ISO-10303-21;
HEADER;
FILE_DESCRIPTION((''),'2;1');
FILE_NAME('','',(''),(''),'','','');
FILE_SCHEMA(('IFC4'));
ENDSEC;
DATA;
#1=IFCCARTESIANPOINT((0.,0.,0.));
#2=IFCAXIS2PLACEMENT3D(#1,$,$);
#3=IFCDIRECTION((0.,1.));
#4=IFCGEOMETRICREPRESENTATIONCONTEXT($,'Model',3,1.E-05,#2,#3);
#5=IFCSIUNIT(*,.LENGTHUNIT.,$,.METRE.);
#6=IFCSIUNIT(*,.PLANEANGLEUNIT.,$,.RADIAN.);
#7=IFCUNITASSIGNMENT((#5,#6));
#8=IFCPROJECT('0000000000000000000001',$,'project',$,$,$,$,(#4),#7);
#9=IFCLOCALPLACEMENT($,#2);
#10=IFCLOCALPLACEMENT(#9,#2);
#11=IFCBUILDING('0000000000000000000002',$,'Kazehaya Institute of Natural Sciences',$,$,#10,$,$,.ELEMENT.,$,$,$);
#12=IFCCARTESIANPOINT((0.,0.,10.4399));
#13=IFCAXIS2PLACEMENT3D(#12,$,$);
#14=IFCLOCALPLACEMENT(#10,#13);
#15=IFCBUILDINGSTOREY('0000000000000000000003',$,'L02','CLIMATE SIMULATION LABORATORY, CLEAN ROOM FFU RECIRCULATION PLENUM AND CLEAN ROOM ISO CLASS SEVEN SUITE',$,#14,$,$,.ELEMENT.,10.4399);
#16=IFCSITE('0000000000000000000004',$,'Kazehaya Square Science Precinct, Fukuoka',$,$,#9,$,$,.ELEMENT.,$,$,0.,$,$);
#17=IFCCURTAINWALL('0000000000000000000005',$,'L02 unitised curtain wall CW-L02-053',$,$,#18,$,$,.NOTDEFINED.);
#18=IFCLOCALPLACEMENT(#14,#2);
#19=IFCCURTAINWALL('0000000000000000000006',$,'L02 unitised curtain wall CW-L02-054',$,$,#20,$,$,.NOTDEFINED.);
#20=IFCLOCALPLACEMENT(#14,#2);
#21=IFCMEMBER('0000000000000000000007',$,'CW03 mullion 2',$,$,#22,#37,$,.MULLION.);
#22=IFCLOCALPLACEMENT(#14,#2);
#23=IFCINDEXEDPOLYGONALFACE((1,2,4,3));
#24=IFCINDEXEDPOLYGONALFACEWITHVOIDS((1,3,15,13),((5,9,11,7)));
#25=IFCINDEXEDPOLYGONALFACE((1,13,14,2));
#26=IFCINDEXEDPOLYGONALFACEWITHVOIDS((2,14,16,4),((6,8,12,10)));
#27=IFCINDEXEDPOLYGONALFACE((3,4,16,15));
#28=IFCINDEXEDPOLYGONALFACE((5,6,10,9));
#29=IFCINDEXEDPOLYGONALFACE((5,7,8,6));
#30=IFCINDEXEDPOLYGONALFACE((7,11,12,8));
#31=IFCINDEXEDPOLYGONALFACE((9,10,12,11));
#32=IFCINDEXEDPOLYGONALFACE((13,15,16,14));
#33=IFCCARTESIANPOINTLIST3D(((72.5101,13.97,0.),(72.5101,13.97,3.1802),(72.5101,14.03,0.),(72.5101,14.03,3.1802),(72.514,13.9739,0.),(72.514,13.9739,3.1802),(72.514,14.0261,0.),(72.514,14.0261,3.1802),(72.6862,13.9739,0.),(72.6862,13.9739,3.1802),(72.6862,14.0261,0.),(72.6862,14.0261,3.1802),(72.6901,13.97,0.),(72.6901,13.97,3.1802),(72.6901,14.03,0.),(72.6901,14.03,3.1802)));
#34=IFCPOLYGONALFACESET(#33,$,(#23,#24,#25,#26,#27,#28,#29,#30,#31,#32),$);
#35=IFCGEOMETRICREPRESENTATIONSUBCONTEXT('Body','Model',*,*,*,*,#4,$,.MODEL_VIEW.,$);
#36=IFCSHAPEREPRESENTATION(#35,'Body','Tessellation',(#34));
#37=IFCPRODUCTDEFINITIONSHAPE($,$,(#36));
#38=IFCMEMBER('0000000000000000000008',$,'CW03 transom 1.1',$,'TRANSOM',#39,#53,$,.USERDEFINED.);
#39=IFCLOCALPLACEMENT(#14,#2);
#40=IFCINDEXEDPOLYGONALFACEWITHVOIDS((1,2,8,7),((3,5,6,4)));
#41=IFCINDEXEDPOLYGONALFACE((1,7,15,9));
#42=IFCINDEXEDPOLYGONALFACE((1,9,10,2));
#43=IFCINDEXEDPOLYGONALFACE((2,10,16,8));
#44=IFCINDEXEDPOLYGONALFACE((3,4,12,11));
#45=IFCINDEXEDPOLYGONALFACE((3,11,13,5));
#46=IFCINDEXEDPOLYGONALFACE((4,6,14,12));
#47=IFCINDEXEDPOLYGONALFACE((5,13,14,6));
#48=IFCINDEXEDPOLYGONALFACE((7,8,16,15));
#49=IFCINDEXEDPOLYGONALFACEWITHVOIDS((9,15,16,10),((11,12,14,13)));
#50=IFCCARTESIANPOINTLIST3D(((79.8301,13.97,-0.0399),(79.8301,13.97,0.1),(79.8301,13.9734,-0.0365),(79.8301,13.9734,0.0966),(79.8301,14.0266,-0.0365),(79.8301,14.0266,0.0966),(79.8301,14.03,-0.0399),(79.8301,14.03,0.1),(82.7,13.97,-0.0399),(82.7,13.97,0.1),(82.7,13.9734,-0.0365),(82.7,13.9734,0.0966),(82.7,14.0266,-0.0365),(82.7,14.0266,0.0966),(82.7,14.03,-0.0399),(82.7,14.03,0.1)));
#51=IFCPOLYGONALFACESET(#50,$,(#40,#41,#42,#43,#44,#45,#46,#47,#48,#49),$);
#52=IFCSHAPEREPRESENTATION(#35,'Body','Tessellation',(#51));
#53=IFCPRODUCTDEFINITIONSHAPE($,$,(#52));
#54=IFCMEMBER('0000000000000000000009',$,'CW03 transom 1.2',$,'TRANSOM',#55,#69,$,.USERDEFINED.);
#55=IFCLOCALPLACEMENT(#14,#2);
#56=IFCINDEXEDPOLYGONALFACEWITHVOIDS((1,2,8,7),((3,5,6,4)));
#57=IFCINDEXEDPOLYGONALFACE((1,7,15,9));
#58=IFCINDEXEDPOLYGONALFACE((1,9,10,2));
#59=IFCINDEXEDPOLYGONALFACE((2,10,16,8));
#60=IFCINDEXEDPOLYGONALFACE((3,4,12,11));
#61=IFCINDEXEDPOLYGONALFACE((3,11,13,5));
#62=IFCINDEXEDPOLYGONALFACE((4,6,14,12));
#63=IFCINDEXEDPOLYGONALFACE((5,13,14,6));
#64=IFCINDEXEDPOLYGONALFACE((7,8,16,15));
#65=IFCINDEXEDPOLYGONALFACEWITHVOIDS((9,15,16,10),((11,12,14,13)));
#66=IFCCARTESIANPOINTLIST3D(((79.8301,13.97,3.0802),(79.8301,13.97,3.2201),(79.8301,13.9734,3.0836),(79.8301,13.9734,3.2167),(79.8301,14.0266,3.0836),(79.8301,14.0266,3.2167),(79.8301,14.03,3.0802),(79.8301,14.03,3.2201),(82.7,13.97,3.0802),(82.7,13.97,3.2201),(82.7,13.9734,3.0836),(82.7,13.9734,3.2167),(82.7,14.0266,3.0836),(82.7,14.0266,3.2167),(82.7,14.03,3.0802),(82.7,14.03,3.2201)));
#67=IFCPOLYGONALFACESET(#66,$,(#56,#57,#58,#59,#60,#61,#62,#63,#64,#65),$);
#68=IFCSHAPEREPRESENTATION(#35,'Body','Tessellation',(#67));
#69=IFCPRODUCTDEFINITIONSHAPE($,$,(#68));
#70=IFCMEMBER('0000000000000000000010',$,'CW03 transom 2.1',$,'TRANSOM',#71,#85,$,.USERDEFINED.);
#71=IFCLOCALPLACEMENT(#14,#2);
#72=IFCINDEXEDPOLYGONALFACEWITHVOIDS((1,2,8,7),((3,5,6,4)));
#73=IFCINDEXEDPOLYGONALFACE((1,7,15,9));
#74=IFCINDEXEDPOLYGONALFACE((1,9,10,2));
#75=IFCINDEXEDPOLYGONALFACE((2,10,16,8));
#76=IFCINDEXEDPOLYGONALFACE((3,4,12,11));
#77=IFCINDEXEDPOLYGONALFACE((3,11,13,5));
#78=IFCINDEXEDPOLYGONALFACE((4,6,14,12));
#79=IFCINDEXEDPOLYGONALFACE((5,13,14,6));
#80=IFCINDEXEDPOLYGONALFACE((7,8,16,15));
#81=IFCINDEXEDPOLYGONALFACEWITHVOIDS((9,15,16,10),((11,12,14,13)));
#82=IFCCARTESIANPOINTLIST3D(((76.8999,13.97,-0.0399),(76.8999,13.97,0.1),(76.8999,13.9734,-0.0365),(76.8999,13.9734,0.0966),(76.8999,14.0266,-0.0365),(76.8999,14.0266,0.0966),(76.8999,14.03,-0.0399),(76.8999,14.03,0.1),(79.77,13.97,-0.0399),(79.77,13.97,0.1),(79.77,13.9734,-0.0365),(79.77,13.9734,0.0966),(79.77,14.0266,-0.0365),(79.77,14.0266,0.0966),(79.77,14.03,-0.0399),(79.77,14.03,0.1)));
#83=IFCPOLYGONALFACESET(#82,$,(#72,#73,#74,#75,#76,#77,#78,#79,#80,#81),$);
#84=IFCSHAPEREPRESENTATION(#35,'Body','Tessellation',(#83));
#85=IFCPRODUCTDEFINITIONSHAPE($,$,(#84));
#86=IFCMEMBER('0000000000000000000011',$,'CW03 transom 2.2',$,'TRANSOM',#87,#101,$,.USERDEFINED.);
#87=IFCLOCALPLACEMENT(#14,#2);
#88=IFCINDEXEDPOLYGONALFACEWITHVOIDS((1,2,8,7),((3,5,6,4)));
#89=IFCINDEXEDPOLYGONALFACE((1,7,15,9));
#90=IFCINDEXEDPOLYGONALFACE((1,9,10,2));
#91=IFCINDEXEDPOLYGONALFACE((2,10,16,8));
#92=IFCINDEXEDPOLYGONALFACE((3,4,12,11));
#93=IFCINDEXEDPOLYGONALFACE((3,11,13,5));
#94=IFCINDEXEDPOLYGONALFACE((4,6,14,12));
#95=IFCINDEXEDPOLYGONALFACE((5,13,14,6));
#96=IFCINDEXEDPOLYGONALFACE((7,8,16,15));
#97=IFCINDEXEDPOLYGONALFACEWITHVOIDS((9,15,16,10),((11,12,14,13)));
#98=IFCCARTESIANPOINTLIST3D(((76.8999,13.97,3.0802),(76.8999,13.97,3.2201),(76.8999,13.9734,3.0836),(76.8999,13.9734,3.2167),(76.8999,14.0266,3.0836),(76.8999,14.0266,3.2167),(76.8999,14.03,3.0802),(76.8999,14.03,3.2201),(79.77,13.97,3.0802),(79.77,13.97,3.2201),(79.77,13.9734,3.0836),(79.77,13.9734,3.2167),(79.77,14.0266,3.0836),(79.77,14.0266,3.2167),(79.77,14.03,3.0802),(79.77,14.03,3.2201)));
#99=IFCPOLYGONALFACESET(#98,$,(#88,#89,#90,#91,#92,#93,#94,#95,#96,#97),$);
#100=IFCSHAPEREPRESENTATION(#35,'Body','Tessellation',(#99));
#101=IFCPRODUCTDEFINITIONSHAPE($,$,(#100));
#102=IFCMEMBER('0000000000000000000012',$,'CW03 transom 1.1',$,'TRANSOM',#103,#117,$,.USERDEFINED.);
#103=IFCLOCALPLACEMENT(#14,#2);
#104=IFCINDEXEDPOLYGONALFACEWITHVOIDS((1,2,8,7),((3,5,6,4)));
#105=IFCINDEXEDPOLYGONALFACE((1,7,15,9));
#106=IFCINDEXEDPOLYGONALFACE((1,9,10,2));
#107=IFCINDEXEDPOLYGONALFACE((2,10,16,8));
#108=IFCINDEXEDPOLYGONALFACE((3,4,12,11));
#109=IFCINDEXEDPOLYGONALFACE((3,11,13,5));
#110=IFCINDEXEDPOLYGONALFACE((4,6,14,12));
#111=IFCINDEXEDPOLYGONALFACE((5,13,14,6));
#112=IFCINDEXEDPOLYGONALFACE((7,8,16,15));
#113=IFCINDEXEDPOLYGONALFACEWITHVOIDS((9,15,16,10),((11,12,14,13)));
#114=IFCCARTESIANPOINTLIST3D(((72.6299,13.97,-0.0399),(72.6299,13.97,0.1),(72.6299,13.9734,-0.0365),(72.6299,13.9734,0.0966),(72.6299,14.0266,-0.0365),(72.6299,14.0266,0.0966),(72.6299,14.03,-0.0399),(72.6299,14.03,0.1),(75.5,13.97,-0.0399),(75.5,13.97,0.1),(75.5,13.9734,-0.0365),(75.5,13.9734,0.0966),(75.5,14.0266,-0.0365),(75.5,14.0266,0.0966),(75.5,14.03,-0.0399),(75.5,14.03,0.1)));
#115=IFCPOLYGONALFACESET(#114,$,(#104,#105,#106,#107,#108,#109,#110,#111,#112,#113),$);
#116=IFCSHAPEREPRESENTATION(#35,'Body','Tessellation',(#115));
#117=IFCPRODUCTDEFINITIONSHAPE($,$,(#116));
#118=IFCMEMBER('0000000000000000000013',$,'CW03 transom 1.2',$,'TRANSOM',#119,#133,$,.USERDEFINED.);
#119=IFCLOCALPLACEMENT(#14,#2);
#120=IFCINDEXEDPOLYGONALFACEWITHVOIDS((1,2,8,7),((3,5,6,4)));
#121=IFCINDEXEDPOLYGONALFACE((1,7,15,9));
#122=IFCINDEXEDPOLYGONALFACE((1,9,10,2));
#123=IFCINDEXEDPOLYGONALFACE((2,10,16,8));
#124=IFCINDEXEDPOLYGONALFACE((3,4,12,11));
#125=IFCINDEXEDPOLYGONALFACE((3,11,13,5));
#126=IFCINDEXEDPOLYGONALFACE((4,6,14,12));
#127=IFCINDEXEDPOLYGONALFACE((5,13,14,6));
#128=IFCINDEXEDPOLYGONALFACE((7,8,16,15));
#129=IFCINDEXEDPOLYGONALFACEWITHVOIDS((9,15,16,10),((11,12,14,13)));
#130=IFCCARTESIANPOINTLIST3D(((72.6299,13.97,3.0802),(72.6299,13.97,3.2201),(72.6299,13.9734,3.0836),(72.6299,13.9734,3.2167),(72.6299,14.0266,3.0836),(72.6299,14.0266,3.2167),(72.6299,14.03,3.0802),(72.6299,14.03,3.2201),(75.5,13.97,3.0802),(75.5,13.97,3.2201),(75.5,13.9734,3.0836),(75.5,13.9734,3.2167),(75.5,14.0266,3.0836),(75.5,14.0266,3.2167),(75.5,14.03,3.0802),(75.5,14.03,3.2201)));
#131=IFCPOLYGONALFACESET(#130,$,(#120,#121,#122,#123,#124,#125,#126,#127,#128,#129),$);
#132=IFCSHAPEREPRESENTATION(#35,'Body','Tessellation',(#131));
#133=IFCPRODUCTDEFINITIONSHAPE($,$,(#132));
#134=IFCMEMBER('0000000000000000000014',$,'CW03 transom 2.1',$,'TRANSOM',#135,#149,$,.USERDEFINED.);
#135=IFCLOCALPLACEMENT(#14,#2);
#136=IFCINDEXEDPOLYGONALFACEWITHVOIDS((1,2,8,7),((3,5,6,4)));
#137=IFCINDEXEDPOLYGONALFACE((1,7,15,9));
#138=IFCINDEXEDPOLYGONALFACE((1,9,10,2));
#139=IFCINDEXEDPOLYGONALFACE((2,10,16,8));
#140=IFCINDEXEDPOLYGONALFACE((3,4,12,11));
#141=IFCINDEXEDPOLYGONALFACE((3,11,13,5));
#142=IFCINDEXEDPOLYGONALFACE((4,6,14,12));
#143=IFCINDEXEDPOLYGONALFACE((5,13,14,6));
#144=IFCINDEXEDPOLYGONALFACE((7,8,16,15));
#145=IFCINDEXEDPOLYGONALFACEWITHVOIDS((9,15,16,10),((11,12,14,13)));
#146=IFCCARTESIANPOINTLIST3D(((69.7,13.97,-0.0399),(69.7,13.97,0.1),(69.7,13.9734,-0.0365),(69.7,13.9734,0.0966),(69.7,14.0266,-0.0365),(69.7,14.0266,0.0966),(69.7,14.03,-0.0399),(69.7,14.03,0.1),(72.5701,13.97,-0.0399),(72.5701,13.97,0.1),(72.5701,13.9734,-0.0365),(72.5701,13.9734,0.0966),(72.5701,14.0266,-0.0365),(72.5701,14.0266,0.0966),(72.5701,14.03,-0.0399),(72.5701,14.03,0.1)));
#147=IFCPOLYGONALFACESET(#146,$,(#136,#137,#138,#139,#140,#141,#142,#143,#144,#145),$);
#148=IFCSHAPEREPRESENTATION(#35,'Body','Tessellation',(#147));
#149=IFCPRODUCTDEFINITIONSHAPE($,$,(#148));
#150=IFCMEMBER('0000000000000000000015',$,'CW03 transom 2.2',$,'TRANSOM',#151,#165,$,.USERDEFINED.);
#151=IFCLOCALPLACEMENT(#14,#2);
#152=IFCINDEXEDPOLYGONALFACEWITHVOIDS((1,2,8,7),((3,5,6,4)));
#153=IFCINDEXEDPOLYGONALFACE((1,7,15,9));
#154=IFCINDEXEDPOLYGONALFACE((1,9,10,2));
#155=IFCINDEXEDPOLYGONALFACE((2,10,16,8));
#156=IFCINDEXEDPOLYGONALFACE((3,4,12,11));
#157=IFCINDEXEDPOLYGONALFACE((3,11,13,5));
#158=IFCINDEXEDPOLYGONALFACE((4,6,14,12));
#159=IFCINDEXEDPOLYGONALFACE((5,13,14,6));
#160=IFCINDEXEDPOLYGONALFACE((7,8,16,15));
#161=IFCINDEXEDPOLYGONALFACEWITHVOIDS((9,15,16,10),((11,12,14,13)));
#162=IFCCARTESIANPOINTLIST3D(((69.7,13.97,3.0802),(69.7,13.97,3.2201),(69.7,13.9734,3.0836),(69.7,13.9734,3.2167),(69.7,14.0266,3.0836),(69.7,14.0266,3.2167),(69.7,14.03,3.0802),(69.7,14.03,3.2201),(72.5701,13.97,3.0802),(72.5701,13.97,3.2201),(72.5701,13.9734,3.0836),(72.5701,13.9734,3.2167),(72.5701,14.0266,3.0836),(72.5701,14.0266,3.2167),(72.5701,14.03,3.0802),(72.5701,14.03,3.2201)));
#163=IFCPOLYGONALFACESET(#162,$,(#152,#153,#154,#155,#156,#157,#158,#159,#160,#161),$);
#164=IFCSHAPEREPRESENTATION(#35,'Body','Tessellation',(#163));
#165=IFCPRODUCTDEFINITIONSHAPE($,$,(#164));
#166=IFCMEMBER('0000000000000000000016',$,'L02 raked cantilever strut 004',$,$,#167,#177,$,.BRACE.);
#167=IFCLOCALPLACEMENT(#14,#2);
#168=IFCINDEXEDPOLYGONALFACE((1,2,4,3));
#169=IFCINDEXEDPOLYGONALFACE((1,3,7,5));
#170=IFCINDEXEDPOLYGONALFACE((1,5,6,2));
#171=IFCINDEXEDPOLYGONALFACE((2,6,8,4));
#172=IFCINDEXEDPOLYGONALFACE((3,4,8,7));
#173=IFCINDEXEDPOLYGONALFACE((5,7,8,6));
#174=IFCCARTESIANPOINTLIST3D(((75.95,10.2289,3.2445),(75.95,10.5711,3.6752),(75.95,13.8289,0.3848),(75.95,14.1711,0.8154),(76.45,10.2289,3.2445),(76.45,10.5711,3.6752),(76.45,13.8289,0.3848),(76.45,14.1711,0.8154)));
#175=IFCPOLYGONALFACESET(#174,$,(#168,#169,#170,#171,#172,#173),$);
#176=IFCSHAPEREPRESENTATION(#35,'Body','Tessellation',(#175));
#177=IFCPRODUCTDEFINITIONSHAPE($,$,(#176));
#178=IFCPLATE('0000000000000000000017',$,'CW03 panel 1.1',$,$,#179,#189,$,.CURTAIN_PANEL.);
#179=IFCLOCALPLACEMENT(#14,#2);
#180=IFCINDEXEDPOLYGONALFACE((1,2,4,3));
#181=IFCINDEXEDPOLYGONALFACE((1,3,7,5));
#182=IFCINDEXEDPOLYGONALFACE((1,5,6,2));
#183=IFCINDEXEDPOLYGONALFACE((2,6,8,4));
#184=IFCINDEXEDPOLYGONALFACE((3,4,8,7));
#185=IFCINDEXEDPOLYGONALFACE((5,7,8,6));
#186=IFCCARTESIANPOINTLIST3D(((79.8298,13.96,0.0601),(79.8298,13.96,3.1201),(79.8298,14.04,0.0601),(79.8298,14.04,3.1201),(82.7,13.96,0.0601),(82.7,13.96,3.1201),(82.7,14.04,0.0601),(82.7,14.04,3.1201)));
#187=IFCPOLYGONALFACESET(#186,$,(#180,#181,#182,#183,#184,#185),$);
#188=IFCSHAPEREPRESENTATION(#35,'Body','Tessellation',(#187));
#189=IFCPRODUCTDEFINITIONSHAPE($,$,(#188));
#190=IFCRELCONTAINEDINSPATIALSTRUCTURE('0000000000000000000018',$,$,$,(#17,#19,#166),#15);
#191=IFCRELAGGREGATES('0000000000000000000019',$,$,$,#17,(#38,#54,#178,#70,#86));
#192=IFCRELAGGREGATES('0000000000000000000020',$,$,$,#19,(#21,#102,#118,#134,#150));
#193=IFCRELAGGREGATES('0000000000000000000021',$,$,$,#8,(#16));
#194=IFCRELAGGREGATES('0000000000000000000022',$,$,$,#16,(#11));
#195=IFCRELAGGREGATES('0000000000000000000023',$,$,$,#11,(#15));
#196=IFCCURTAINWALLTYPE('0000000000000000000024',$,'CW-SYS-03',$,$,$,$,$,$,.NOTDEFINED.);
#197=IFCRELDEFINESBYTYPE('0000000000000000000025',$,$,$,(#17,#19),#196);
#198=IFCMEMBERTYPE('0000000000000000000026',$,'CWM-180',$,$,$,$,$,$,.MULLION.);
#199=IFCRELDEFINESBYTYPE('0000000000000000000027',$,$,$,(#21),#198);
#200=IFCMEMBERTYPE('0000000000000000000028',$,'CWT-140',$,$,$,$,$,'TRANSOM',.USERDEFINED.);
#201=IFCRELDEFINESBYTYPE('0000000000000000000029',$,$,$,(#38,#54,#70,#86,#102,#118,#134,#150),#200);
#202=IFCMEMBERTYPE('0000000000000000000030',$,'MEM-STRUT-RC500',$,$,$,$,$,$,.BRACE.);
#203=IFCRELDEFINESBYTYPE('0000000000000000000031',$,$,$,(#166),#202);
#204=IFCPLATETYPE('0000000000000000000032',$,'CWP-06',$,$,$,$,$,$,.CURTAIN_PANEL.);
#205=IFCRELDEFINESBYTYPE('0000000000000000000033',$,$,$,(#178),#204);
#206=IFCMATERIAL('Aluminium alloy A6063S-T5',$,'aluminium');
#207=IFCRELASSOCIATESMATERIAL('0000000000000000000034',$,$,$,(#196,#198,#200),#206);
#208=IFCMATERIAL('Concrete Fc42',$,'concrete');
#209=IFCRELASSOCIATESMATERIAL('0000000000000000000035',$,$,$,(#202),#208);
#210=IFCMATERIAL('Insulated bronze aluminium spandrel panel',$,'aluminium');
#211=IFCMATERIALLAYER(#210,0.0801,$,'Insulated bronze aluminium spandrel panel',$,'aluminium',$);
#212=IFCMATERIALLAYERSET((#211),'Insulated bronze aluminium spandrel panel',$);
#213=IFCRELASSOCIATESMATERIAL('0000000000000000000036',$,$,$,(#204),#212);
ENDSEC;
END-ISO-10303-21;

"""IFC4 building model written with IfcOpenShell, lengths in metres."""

from ifc_helpers import new_model, si_unit, direction, frame, origin, origin_2d, place, context, subcontext, project, spatial, rectangle, hollow_rectangle, extrude, material, layer, layer_set, material_profile, profile_set, type_object, element, aggregate, save


model = new_model("IFC4")

# Units and contexts
model_context = context("Model", 3, precision=1e-05, world=origin(), true_north=direction((0.0, 1.0)))
body_context = subcontext(model_context, "Body", "Model", "MODEL_VIEW")
ifc_project = project(units=[si_unit("LENGTHUNIT", "METRE"), si_unit("PLANEANGLEUNIT", "RADIAN")], contexts=[model_context])

# Site, building, storey
site_placement = place(None, origin())
site = spatial("IfcSite", under=ifc_project, at=site_placement, Name="Kazehaya Square Science Precinct, Fukuoka", CompositionType="ELEMENT", RefElevation=0.0)
building_placement = place(site_placement, origin())
building = spatial("IfcBuilding", under=site, at=building_placement, Name="Kazehaya Institute of Natural Sciences", CompositionType="ELEMENT")
storey_placement = place(building_placement, frame((0.0, 0.0, 10.4399)))
storey = spatial("IfcBuildingStorey", under=building, at=storey_placement, Name="L02", Description="CLIMATE SIMULATION LABORATORY, CLEAN ROOM FFU RECIRCULATION PLENUM AND CLEAN ROOM ISO CLASS SEVEN SUITE", CompositionType="ELEMENT", Elevation=10.4399)

# Shared definitions
ifc_material_1 = material(Name="Concrete Fc42", Category="concrete")

# Curtain walls, member
ifc_material_2 = material(Name="Aluminium alloy A6063S-T5", Category="aluminium")
curtain_wall_type = type_object("IfcCurtainWallType", Name="CW-SYS-03", PredefinedType="NOTDEFINED", material=ifc_material_2)
curtain_wall_1_placement = place(storey_placement, origin())
curtain_wall_1 = element("IfcCurtainWall", 1, at=curtain_wall_1_placement, inside=storey, type_object=curtain_wall_type, Name="L02 unitised curtain wall CW-L02-053", PredefinedType="NOTDEFINED")
ifc_material_profile_1 = material_profile(ifc_material_2, hollow_rectangle(XDim=0.0601, YDim=0.1799, WallThickness=0.0039, at=origin_2d()), Name="ALU-60x180x4")
ifc_profile_set_1 = profile_set([ifc_material_profile_1], Name="Aluminium alloy A6063S-T5")
member_type_1 = type_object("IfcMemberType", Name="CWM-180", PredefinedType="MULLION", material=ifc_profile_set_1)
curtain_wall_2_placement = place(storey_placement, origin())
curtain_wall_2 = element("IfcCurtainWall", 2, at=curtain_wall_2_placement, inside=storey, type_object=curtain_wall_type, Name="L02 unitised curtain wall CW-L02-054", PredefinedType="NOTDEFINED")
member_1_placement = place(storey_placement, frame((72.6001, 14.0, 0.0), z_axis=(0.0, 0.0, 1.0), x_axis=(0.0, -1.0, 0.0)))
member_1 = element("IfcMember", 3, at=member_1_placement, type_object=member_type_1, Name="CW03 mullion 2", PredefinedType="MULLION", context=body_context, shape_type="SweptSolid", body=[
    extrude(hollow_rectangle(XDim=0.0601, YDim=0.1799, WallThickness=0.0039, at=origin_2d()), origin(), (0.0, 0.0, 1.0), 3.1802),
])

# Members
ifc_material_profile_2 = material_profile(ifc_material_2, hollow_rectangle(XDim=0.0601, YDim=0.1399, WallThickness=0.0034, at=origin_2d()), Name="ALU-60x140x3.5")
ifc_profile_set_2 = profile_set([ifc_material_profile_2], Name="Aluminium alloy A6063S-T5")
member_type_2 = type_object("IfcMemberType", Name="CWT-140", ElementType="TRANSOM", PredefinedType="USERDEFINED", material=ifc_profile_set_2)
member_2_placement = place(storey_placement, frame((82.7, 14.0, 0.03), z_axis=(-1.0, 0.0, 0.0), x_axis=(0.0, -1.0, 0.0)))
member_2 = element("IfcMember", 4, at=member_2_placement, type_object=member_type_2, Name="CW03 transom 1.1", ObjectType="TRANSOM", PredefinedType="USERDEFINED", context=body_context, shape_type="SweptSolid", body=[
    extrude(hollow_rectangle(XDim=0.0601, YDim=0.1399, WallThickness=0.0034, at=origin_2d()), origin(), (0.0, 0.0, 1.0), 2.8699),
])
member_3_placement = place(storey_placement, frame((82.7, 14.0, 3.1501), z_axis=(-1.0, 0.0, 0.0), x_axis=(0.0, -1.0, 0.0)))
member_3 = element("IfcMember", 5, at=member_3_placement, type_object=member_type_2, Name="CW03 transom 1.2", ObjectType="TRANSOM", PredefinedType="USERDEFINED", context=body_context, shape_type="SweptSolid", body=[
    extrude(hollow_rectangle(XDim=0.0601, YDim=0.1399, WallThickness=0.0034, at=origin_2d()), origin(), (0.0, 0.0, 1.0), 2.8699),
])
member_4_placement = place(storey_placement, frame((79.77, 14.0, 0.03), z_axis=(-1.0, 0.0, 0.0), x_axis=(0.0, -1.0, 0.0)))
member_4 = element("IfcMember", 6, at=member_4_placement, type_object=member_type_2, Name="CW03 transom 2.1", ObjectType="TRANSOM", PredefinedType="USERDEFINED", context=body_context, shape_type="SweptSolid", body=[
    extrude(hollow_rectangle(XDim=0.0601, YDim=0.1399, WallThickness=0.0034, at=origin_2d()), origin(), (0.0, 0.0, 1.0), 2.8701),
])
member_5_placement = place(storey_placement, frame((79.77, 14.0, 3.1501), z_axis=(-1.0, 0.0, 0.0), x_axis=(0.0, -1.0, 0.0)))
member_5 = element("IfcMember", 7, at=member_5_placement, type_object=member_type_2, Name="CW03 transom 2.2", ObjectType="TRANSOM", PredefinedType="USERDEFINED", context=body_context, shape_type="SweptSolid", body=[
    extrude(hollow_rectangle(XDim=0.0601, YDim=0.1399, WallThickness=0.0034, at=origin_2d()), origin(), (0.0, 0.0, 1.0), 2.8701),
])
member_6_placement = place(storey_placement, frame((75.5, 14.0, 0.03), z_axis=(-1.0, 0.0, 0.0), x_axis=(0.0, -1.0, 0.0)))
member_6 = element("IfcMember", 8, at=member_6_placement, type_object=member_type_2, Name="CW03 transom 1.1", ObjectType="TRANSOM", PredefinedType="USERDEFINED", context=body_context, shape_type="SweptSolid", body=[
    extrude(hollow_rectangle(XDim=0.0601, YDim=0.1399, WallThickness=0.0034, at=origin_2d()), origin(), (0.0, 0.0, 1.0), 2.8701),
])
member_7_placement = place(storey_placement, frame((75.5, 14.0, 3.1501), z_axis=(-1.0, 0.0, 0.0), x_axis=(0.0, -1.0, 0.0)))
member_7 = element("IfcMember", 9, at=member_7_placement, type_object=member_type_2, Name="CW03 transom 1.2", ObjectType="TRANSOM", PredefinedType="USERDEFINED", context=body_context, shape_type="SweptSolid", body=[
    extrude(hollow_rectangle(XDim=0.0601, YDim=0.1399, WallThickness=0.0034, at=origin_2d()), origin(), (0.0, 0.0, 1.0), 2.8701),
])
member_8_placement = place(storey_placement, frame((72.5701, 14.0, 0.03), z_axis=(-1.0, 0.0, 0.0), x_axis=(0.0, -1.0, 0.0)))
member_8 = element("IfcMember", 10, at=member_8_placement, type_object=member_type_2, Name="CW03 transom 2.1", ObjectType="TRANSOM", PredefinedType="USERDEFINED", context=body_context, shape_type="SweptSolid", body=[
    extrude(hollow_rectangle(XDim=0.0601, YDim=0.1399, WallThickness=0.0034, at=origin_2d()), origin(), (0.0, 0.0, 1.0), 2.8701),
])
member_9_placement = place(storey_placement, frame((72.5701, 14.0, 3.1501), z_axis=(-1.0, 0.0, 0.0), x_axis=(0.0, -1.0, 0.0)))
member_9 = element("IfcMember", 11, at=member_9_placement, type_object=member_type_2, Name="CW03 transom 2.2", ObjectType="TRANSOM", PredefinedType="USERDEFINED", context=body_context, shape_type="SweptSolid", body=[
    extrude(hollow_rectangle(XDim=0.0601, YDim=0.1399, WallThickness=0.0034, at=origin_2d()), origin(), (0.0, 0.0, 1.0), 2.8701),
])
ifc_material_profile_3 = material_profile(ifc_material_1, rectangle(XDim=0.5, YDim=0.55, at=origin_2d()), Name="RC-500x550")
ifc_profile_set_3 = profile_set([ifc_material_profile_3], Name="Concrete Fc42")
member_type_3 = type_object("IfcMemberType", Name="MEM-STRUT-RC500", PredefinedType="BRACE", material=ifc_profile_set_3)
member_10_placement = place(storey_placement, frame((76.2, 14.0, 0.6001), z_axis=(0.0, -0.783009, 0.62201), x_axis=(1.0, 0.0, 0.0)))
element("IfcMember", 12, at=member_10_placement, inside=storey, type_object=member_type_3, Name="L02 raked cantilever strut 004", PredefinedType="BRACE", context=body_context, shape_type="SweptSolid", body=[
    extrude(rectangle(XDim=0.5, YDim=0.55, at=origin_2d()), origin(), (0.0, 0.0, 1.0), 4.5977),
])

# Plate
ifc_material_3 = material(Name="Insulated bronze aluminium spandrel panel", Category="aluminium")
ifc_layer_1 = layer(ifc_material_3, 0.0801, Name="Insulated bronze aluminium spandrel panel", Category="aluminium")
ifc_layer_set_1 = layer_set([ifc_layer_1], Name="Insulated bronze aluminium spandrel panel")
plate_type_1 = type_object("IfcPlateType", Name="CWP-06", PredefinedType="CURTAIN_PANEL", material=ifc_layer_set_1)
plate_1_placement = place(storey_placement, frame((81.2649, 14.0, 0.0601), z_axis=(0.0, 0.0, 1.0), x_axis=(-1.0, 0.0, 0.0)))
plate_1 = element("IfcPlate", 13, at=plate_1_placement, type_object=plate_type_1, Name="CW03 panel 1.1", PredefinedType="CURTAIN_PANEL", context=body_context, shape_type="SweptSolid", body=[
    extrude(rectangle(XDim=2.8701, YDim=0.0801, at=origin_2d()), origin(), (0.0, 0.0, 1.0), 3.0601),
])
aggregate(curtain_wall_1, [member_2, member_3, plate_1, member_4, member_5])
aggregate(curtain_wall_2, [member_1, member_6, member_7, member_8, member_9])

save(model, "model.ifc")
